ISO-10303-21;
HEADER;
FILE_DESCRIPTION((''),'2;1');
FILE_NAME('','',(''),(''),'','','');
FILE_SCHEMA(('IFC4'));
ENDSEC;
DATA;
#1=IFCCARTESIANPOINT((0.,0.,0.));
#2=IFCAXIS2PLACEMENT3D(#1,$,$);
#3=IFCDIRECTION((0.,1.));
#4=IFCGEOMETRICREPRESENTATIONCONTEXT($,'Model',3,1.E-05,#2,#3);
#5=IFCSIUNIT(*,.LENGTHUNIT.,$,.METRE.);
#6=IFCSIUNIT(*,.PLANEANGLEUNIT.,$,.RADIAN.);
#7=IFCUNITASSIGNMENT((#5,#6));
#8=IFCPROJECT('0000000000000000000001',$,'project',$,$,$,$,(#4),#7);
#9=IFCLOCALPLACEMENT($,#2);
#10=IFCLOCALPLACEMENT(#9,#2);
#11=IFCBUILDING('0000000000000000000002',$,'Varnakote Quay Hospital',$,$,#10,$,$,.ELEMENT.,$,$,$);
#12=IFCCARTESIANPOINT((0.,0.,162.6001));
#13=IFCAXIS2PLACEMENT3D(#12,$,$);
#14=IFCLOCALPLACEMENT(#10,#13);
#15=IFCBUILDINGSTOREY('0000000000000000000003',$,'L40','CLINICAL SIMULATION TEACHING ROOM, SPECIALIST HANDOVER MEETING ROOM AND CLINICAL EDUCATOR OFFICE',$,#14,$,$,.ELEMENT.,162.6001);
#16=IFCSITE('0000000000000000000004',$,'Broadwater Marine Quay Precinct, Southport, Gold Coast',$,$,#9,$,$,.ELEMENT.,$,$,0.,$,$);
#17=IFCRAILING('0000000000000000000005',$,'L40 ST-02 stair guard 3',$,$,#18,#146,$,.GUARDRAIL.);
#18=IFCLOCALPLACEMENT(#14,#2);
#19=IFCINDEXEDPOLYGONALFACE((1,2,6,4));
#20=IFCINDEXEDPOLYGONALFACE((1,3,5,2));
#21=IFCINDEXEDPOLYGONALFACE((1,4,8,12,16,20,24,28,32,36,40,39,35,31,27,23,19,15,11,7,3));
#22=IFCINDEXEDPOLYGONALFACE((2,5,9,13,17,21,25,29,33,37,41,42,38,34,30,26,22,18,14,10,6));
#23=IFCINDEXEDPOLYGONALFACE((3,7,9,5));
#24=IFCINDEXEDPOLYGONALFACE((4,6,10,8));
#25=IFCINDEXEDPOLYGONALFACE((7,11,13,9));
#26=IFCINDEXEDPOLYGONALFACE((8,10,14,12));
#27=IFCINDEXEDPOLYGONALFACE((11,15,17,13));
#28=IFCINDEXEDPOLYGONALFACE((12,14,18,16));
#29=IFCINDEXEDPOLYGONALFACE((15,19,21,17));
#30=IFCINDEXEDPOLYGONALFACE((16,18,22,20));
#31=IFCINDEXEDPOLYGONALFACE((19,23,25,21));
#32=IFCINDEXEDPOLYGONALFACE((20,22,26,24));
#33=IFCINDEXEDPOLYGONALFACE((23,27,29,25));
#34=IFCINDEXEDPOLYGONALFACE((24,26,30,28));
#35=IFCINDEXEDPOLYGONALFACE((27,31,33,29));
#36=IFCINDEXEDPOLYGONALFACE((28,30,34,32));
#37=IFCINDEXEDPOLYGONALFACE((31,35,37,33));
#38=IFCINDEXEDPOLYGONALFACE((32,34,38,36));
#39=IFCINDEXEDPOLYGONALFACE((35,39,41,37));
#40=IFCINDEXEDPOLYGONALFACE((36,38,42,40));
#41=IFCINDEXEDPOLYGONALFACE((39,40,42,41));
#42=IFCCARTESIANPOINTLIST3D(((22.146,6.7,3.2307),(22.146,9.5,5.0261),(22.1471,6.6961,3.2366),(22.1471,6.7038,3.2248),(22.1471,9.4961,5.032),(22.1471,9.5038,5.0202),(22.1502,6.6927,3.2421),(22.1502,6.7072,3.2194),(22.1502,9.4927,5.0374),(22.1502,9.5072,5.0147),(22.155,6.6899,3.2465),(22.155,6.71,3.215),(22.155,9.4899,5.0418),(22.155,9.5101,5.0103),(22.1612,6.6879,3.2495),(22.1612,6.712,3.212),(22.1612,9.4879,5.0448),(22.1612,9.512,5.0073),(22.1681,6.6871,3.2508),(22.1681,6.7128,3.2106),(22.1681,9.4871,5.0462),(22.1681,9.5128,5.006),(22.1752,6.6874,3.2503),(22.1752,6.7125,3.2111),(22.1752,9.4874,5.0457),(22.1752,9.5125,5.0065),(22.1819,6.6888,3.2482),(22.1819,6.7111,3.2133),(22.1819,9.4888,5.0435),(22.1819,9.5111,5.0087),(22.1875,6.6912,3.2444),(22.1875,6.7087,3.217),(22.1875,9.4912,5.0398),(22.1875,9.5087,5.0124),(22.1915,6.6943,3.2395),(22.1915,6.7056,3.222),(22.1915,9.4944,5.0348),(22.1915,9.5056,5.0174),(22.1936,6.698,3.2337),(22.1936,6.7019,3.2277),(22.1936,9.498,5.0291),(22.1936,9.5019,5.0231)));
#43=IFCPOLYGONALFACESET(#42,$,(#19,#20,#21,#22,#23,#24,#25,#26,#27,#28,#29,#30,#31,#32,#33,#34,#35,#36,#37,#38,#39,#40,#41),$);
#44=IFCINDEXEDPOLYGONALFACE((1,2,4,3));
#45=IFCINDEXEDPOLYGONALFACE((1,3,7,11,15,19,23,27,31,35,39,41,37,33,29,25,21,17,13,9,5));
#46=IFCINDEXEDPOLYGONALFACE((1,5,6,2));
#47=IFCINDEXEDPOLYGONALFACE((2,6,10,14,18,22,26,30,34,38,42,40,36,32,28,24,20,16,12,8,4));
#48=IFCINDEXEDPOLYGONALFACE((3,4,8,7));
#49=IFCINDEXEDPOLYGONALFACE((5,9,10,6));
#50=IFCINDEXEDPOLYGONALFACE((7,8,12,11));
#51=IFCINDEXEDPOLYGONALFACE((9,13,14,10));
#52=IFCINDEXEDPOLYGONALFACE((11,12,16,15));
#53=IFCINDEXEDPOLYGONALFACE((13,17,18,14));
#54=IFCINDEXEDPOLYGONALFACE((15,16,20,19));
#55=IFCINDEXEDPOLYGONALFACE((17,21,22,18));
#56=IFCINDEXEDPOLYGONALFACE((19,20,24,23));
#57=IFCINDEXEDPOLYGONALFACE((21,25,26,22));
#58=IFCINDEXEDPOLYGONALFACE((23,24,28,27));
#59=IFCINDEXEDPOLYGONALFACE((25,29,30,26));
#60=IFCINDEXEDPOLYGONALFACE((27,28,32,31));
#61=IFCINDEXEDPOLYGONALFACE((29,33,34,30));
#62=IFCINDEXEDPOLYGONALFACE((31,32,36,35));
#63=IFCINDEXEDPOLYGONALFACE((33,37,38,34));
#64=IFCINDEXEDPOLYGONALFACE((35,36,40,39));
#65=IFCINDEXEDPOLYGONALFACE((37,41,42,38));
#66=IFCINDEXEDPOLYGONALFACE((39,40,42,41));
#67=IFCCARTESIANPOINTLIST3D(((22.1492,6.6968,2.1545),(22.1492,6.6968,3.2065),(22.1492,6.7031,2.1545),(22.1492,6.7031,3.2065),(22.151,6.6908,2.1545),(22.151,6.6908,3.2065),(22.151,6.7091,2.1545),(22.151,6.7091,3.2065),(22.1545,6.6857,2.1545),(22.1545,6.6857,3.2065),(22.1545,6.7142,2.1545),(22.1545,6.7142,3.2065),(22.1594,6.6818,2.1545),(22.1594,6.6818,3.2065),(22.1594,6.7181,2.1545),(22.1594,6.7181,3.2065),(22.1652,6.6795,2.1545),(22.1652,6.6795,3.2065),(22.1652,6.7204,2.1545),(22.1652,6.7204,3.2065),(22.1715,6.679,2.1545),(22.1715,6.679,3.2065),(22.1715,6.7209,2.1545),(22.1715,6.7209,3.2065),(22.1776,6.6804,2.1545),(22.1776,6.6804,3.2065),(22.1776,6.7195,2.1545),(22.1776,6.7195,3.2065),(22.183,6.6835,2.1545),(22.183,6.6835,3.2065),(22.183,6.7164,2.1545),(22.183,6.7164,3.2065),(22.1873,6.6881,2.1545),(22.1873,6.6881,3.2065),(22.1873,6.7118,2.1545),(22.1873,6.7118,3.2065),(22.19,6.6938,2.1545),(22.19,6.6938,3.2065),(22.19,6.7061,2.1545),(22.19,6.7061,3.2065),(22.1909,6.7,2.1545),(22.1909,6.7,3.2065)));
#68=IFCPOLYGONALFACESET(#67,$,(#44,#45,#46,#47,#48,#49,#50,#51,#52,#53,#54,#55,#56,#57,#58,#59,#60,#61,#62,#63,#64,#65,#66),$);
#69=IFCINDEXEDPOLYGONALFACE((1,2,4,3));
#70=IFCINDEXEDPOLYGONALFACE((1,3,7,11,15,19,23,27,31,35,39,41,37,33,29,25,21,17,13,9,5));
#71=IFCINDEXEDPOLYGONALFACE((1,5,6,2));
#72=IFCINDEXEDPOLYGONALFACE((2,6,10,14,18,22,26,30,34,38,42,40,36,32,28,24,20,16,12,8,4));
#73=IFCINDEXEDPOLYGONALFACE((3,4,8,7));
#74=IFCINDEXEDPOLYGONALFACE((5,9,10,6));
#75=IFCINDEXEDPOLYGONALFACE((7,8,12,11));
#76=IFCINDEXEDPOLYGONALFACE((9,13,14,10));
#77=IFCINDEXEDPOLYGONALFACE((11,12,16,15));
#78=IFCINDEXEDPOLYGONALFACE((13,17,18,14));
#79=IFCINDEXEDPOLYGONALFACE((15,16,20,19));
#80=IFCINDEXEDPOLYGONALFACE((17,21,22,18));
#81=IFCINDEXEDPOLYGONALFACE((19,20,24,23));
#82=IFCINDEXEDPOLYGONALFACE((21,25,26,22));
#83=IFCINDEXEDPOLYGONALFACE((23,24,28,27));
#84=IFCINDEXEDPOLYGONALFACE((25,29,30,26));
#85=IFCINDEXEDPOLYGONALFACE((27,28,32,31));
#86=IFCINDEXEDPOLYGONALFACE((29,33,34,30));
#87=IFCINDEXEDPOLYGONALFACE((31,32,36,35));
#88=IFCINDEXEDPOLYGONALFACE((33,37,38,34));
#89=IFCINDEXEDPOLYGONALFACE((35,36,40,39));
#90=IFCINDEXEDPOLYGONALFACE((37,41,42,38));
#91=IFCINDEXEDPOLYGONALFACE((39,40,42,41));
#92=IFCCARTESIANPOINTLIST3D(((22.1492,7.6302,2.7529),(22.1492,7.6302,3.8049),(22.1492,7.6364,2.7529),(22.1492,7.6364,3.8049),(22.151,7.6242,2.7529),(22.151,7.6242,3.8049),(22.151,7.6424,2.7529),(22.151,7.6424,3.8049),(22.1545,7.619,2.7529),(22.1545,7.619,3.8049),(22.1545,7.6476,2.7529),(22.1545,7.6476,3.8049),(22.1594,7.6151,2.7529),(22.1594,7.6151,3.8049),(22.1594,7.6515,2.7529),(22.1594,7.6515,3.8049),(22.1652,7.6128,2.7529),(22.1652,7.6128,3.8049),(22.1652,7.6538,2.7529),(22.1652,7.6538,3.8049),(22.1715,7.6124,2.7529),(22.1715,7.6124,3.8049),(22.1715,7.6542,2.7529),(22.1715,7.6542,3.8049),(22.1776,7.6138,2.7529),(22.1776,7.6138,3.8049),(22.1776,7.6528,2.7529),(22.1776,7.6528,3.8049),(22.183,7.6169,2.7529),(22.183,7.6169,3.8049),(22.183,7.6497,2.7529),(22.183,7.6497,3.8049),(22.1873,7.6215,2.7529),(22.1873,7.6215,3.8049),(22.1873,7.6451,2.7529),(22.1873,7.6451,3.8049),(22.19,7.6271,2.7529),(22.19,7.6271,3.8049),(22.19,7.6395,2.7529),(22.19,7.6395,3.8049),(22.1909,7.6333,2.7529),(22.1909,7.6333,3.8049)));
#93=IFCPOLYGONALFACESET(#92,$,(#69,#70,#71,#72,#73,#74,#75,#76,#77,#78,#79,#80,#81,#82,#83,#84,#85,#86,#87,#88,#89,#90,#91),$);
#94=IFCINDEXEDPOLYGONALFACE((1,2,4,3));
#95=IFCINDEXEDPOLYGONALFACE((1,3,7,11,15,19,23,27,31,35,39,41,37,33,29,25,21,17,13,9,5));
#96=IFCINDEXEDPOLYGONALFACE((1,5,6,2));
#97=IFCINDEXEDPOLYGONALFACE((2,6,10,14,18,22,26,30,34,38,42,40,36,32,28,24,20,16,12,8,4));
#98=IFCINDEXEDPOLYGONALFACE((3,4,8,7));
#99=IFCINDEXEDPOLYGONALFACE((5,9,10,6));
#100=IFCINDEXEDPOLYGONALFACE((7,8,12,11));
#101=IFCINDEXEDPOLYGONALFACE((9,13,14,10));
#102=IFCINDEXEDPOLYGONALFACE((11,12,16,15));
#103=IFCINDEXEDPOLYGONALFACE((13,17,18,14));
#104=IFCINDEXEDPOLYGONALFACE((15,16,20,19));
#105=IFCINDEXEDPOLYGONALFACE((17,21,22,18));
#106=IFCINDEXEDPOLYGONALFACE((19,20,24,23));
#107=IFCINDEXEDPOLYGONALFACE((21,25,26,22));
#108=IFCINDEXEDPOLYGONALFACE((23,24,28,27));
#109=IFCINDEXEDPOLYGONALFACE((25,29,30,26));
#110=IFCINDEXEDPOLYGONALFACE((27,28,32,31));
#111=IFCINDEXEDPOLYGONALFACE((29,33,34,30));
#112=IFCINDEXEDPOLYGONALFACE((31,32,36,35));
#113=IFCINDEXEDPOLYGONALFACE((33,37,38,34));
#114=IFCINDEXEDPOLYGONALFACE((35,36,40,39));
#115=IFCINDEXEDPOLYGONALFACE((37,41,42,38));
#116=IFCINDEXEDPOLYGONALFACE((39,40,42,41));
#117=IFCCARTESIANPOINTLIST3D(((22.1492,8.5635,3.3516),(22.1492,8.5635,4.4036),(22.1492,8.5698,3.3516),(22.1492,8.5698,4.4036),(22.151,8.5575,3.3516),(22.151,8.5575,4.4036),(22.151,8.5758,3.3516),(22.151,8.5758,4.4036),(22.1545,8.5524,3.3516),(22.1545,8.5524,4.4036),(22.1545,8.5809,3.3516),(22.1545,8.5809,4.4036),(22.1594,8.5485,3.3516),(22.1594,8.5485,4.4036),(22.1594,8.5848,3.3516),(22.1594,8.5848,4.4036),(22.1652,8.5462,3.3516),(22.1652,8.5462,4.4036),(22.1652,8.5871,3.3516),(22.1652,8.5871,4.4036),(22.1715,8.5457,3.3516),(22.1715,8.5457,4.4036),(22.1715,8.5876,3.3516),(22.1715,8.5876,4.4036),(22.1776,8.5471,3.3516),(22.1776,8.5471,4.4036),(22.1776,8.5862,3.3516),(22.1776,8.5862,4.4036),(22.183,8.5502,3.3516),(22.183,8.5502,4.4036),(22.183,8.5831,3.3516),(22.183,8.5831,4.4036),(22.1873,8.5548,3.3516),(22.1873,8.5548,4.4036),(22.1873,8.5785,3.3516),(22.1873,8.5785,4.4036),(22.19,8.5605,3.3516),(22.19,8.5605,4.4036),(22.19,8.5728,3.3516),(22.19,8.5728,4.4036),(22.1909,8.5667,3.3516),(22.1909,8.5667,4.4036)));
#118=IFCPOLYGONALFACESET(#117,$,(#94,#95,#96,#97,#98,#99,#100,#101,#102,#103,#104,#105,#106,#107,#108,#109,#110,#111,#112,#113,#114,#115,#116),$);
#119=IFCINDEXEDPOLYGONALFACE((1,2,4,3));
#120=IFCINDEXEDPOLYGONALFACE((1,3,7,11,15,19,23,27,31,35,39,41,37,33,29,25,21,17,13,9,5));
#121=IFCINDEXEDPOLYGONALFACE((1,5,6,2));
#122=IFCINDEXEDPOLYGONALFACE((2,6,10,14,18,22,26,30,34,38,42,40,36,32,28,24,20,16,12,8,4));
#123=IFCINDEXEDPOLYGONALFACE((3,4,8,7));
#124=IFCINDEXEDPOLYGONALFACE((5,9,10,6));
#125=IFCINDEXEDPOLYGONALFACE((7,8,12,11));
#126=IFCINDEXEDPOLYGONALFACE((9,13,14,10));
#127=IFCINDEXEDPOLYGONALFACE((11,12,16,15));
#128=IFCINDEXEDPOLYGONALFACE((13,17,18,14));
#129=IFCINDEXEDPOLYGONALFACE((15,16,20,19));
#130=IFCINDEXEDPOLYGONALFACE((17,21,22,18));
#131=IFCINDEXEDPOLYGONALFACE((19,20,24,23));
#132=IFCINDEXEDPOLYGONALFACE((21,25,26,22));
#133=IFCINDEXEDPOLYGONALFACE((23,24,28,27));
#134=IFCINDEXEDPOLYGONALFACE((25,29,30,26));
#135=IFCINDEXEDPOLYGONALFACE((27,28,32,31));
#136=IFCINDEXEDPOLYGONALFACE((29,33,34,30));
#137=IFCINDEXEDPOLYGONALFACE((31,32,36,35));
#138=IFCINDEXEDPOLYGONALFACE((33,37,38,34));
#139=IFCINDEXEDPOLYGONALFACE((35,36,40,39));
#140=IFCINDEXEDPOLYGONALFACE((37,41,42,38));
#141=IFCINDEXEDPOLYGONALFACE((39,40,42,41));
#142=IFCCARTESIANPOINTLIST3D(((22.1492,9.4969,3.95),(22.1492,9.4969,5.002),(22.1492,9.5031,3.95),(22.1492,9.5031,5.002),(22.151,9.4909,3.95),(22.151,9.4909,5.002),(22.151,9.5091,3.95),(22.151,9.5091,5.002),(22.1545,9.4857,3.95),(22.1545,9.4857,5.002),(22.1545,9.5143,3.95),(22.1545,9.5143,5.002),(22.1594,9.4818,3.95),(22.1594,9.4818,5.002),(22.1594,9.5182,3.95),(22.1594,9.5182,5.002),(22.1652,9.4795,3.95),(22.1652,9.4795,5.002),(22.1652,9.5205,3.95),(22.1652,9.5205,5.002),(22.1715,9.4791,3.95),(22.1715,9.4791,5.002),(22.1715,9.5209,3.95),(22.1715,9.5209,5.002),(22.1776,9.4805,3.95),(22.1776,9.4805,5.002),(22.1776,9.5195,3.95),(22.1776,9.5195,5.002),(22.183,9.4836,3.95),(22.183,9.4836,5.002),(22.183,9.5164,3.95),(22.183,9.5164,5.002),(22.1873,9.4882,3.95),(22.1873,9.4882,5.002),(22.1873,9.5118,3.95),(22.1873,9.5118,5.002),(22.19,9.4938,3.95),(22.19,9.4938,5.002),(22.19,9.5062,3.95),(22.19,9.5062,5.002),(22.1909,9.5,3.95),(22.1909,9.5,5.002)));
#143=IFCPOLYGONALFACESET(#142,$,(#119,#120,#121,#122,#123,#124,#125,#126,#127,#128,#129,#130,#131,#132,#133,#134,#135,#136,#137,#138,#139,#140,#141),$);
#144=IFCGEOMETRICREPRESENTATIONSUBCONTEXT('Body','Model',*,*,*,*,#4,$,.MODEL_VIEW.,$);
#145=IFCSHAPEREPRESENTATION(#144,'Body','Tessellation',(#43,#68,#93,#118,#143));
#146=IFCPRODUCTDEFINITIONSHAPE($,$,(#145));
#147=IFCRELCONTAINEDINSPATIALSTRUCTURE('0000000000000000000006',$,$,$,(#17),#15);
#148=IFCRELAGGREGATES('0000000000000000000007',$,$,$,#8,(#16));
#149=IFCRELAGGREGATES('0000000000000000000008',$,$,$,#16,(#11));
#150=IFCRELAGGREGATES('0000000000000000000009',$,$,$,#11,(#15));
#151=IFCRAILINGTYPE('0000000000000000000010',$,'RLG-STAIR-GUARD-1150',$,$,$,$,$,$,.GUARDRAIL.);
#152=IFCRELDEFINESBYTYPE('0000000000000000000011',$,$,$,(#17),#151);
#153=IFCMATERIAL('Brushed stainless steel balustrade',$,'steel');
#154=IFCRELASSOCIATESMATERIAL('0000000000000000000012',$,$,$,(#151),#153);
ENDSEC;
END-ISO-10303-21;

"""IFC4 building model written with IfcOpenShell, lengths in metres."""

from ifc_helpers import new_model, si_unit, direction, frame, origin, origin_2d, place, context, subcontext, project, spatial, circle, extrude, material, type_object, element, save


model = new_model("IFC4")

# Units and contexts
model_context = context("Model", 3, precision=1e-05, world=origin(), true_north=direction((0.0, 1.0)))
body_context = subcontext(model_context, "Body", "Model", "MODEL_VIEW")
ifc_project = project(units=[si_unit("LENGTHUNIT", "METRE"), si_unit("PLANEANGLEUNIT", "RADIAN")], contexts=[model_context])

# Site, building, storey
site_placement = place(None, origin())
site = spatial("IfcSite", under=ifc_project, at=site_placement, Name="Broadwater Marine Quay Precinct, Southport, Gold Coast", CompositionType="ELEMENT", RefElevation=0.0)
building_placement = place(site_placement, origin())
building = spatial("IfcBuilding", under=site, at=building_placement, Name="Varnakote Quay Hospital", CompositionType="ELEMENT")
storey_placement = place(building_placement, frame((0.0, 0.0, 162.6001)))
storey = spatial("IfcBuildingStorey", under=building, at=storey_placement, Name="L40", Description="CLINICAL SIMULATION TEACHING ROOM, SPECIALIST HANDOVER MEETING ROOM AND CLINICAL EDUCATOR OFFICE", CompositionType="ELEMENT", Elevation=162.6001)

# Railing
ifc_material_1 = material(Name="Brushed stainless steel balustrade", Category="steel")
railing_type_1 = type_object("IfcRailingType", Name="RLG-STAIR-GUARD-1150", PredefinedType="GUARDRAIL", material=ifc_material_1)
railing_1_placement = place(storey_placement, frame((22.1699, 6.7, 2.1545)))
element("IfcRailing", 1, at=railing_1_placement, inside=storey, type_object=railing_type_1, Name="L40 ST-02 stair guard 3", PredefinedType="GUARDRAIL", context=body_context, shape_type="SweptSolid", body=[
    extrude(circle(Radius=0.0239, at=origin_2d()), frame((0.0, 0.0, 1.0762), z_axis=(0.0, 0.84181, 0.539774), x_axis=(-1.0, 0.0, 0.0)), (0.0, 0.0, 1.0), 3.3262),
    extrude(circle(Radius=0.021, at=origin_2d()), origin(), (0.0, 0.0, 1.0), 1.052),
    extrude(circle(Radius=0.021, at=origin_2d()), frame((0.0, 0.9333, 0.5984)), (0.0, 0.0, 1.0), 1.052),
    extrude(circle(Radius=0.021, at=origin_2d()), frame((0.0, 1.8667, 1.197)), (0.0, 0.0, 1.0), 1.052),
    extrude(circle(Radius=0.021, at=origin_2d()), frame((0.0, 2.8, 1.7954)), (0.0, 0.0, 1.0), 1.052),
])

save(model, "model.ifc")
